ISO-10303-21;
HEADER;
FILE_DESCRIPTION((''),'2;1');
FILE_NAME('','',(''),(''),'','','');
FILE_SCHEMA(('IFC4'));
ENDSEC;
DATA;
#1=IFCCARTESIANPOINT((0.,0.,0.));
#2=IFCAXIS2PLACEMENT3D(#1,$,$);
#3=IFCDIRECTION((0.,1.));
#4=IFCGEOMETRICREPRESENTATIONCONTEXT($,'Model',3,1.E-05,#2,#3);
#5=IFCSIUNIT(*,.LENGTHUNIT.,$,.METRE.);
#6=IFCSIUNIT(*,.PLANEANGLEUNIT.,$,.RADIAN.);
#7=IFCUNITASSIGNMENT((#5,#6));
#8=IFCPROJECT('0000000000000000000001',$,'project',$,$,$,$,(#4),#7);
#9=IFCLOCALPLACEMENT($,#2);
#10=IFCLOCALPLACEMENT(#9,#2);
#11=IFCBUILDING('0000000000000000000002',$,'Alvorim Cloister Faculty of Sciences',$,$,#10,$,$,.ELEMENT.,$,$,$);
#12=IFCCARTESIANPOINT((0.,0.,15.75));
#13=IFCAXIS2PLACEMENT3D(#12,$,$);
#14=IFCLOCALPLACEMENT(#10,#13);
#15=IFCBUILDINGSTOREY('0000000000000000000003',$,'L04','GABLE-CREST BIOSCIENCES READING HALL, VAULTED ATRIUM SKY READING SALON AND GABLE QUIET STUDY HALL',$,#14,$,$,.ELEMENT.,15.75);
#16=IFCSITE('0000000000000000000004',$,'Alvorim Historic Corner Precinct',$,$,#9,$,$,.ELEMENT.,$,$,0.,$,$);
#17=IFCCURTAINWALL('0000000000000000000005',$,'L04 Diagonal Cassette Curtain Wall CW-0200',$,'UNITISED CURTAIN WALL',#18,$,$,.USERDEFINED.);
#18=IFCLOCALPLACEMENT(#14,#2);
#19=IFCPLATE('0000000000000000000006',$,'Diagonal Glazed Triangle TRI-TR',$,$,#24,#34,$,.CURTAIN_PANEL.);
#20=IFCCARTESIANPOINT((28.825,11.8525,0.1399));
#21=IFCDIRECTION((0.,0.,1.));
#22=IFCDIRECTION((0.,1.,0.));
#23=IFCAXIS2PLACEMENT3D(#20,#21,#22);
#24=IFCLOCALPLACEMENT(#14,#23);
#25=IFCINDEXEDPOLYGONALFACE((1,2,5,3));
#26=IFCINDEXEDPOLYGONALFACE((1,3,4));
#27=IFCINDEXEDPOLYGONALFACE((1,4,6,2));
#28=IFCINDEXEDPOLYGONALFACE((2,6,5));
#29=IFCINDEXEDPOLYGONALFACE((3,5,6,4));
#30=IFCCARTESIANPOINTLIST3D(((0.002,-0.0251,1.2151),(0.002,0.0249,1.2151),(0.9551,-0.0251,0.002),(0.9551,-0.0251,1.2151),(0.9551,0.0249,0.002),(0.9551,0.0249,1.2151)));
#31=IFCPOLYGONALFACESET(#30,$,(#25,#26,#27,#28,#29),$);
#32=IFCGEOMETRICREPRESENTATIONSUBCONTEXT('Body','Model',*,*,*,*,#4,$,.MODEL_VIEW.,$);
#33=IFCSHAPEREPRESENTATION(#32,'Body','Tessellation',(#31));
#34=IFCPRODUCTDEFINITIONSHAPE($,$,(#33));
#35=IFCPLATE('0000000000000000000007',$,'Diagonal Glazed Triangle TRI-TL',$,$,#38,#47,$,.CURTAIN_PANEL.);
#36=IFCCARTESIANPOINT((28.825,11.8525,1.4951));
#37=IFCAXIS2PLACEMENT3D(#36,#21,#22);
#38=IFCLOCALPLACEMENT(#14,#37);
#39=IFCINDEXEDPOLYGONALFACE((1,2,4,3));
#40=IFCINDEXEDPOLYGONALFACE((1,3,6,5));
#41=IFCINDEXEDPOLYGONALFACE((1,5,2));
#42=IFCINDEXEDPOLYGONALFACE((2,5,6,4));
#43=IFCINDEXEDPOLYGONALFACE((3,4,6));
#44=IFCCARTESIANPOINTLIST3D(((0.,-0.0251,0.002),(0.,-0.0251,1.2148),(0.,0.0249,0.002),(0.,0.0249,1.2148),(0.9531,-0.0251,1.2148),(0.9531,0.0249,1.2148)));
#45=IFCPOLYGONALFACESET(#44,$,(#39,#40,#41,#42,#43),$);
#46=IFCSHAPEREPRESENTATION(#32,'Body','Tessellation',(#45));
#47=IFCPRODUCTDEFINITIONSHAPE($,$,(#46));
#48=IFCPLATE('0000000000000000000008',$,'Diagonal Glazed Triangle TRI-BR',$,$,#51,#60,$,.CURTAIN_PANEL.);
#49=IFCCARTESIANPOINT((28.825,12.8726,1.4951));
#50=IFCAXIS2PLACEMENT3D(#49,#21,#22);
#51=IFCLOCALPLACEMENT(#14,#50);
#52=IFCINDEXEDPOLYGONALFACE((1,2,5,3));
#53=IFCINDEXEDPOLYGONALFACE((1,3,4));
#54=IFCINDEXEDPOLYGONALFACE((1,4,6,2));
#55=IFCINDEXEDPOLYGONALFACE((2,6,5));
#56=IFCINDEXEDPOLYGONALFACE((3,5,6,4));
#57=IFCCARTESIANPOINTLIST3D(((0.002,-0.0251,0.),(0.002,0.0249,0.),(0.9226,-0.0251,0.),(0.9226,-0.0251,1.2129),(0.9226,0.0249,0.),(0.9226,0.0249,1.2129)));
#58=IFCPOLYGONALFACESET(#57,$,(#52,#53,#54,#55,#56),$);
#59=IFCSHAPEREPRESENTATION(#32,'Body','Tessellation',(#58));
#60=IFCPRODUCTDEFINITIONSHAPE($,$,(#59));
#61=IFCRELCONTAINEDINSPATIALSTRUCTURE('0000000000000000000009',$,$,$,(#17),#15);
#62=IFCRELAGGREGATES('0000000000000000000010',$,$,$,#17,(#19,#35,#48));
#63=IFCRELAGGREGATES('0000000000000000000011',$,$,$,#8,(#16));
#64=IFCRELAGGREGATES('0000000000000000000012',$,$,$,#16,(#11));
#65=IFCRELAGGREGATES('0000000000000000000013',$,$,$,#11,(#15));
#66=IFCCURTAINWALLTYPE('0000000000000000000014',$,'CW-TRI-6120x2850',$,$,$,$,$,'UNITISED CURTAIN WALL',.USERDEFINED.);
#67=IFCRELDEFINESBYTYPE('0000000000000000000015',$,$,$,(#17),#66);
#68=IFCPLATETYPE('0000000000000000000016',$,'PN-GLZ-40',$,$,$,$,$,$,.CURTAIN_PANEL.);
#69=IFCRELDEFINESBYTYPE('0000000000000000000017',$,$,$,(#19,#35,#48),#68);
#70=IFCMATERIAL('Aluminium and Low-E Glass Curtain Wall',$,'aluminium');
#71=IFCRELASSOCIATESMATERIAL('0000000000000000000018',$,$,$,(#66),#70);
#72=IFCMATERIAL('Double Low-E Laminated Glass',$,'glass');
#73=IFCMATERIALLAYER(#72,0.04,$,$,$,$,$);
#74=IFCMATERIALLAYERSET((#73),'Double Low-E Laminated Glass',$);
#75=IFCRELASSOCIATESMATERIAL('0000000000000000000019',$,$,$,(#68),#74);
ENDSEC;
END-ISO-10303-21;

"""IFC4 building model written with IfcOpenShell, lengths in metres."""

from ifc_helpers import new_model, si_unit, direction, frame, origin, place, context, subcontext, project, spatial, polyline, outline, extrude, material, layer, layer_set, type_object, element, aggregate, save


model = new_model("IFC4")

# Units and contexts
model_context = context("Model", 3, precision=1e-05, world=origin(), true_north=direction((0.0, 1.0)))
body_context = subcontext(model_context, "Body", "Model", "MODEL_VIEW")
ifc_project = project(units=[si_unit("LENGTHUNIT", "METRE"), si_unit("PLANEANGLEUNIT", "RADIAN")], contexts=[model_context])

# Site, building, storey
site_placement = place(None, origin())
site = spatial("IfcSite", under=ifc_project, at=site_placement, Name="Alvorim Historic Corner Precinct", CompositionType="ELEMENT", RefElevation=0.0)
building_placement = place(site_placement, origin())
building = spatial("IfcBuilding", under=site, at=building_placement, Name="Alvorim Cloister Faculty of Sciences", CompositionType="ELEMENT")
storey_placement = place(building_placement, frame((0.0, 0.0, 15.75)))
storey = spatial("IfcBuildingStorey", under=building, at=storey_placement, Name="L04", Description="GABLE-CREST BIOSCIENCES READING HALL, VAULTED ATRIUM SKY READING SALON AND GABLE QUIET STUDY HALL", CompositionType="ELEMENT", Elevation=15.75)

# Curtain wall, plates
ifc_material_1 = material(Name="Aluminium and Low-E Glass Curtain Wall", Category="aluminium")
curtain_wall_type = type_object("IfcCurtainWallType", Name="CW-TRI-6120x2850", ElementType="UNITISED CURTAIN WALL", PredefinedType="USERDEFINED", material=ifc_material_1)
curtain_wall_placement = place(storey_placement, origin())
curtain_wall = element("IfcCurtainWall", 1, at=curtain_wall_placement, inside=storey, type_object=curtain_wall_type, Name="L04 Diagonal Cassette Curtain Wall CW-0200", ObjectType="UNITISED CURTAIN WALL", PredefinedType="USERDEFINED")
ifc_material_2 = material(Name="Double Low-E Laminated Glass", Category="glass")
ifc_layer_1 = layer(ifc_material_2, 0.04)
ifc_layer_set_1 = layer_set([ifc_layer_1], Name="Double Low-E Laminated Glass")
plate_type = type_object("IfcPlateType", Name="PN-GLZ-40", PredefinedType="CURTAIN_PANEL", material=ifc_layer_set_1)
plate_1_placement = place(storey_placement, frame((28.825, 11.8525, 0.1399), z_axis=(0.0, 0.0, 1.0), x_axis=(0.0, 1.0, 0.0)))
plate_1 = element("IfcPlate", 2, at=plate_1_placement, type_object=plate_type, Name="Diagonal Glazed Triangle TRI-TR", PredefinedType="CURTAIN_PANEL", context=body_context, shape_type="SweptSolid", body=[
    extrude(outline(polyline([(0.9551, 0.002), (0.9551, 1.2151), (0.002, 1.2151), (0.9551, 0.002)])), frame((0.0, 0.0249, 0.0), z_axis=(0.0, -1.0, 0.0), x_axis=(1.0, 0.0, 0.0)), (0.0, 0.0, 1.0), 0.05),
])
plate_2_placement = place(storey_placement, frame((28.825, 11.8525, 1.4951), z_axis=(0.0, 0.0, 1.0), x_axis=(0.0, 1.0, 0.0)))
plate_2 = element("IfcPlate", 3, at=plate_2_placement, type_object=plate_type, Name="Diagonal Glazed Triangle TRI-TL", PredefinedType="CURTAIN_PANEL", context=body_context, shape_type="SweptSolid", body=[
    extrude(outline(polyline([(0.9531, 1.2148), (0.0, 1.2148), (0.0, 0.002), (0.9531, 1.2148)])), frame((0.0, 0.0249, 0.0), z_axis=(0.0, -1.0, 0.0), x_axis=(1.0, 0.0, 0.0)), (0.0, 0.0, 1.0), 0.05),
])
plate_3_placement = place(storey_placement, frame((28.825, 12.8726, 1.4951), z_axis=(0.0, 0.0, 1.0), x_axis=(0.0, 1.0, 0.0)))
plate_3 = element("IfcPlate", 4, at=plate_3_placement, type_object=plate_type, Name="Diagonal Glazed Triangle TRI-BR", PredefinedType="CURTAIN_PANEL", context=body_context, shape_type="SweptSolid", body=[
    extrude(outline(polyline([(0.002, 0.0), (0.9226, 0.0), (0.9226, 1.2129), (0.002, 0.0)])), frame((0.0, 0.0249, 0.0), z_axis=(0.0, -1.0, 0.0), x_axis=(1.0, 0.0, 0.0)), (0.0, 0.0, 1.0), 0.05),
])
aggregate(curtain_wall, [plate_1, plate_2, plate_3])

save(model, "model.ifc")
